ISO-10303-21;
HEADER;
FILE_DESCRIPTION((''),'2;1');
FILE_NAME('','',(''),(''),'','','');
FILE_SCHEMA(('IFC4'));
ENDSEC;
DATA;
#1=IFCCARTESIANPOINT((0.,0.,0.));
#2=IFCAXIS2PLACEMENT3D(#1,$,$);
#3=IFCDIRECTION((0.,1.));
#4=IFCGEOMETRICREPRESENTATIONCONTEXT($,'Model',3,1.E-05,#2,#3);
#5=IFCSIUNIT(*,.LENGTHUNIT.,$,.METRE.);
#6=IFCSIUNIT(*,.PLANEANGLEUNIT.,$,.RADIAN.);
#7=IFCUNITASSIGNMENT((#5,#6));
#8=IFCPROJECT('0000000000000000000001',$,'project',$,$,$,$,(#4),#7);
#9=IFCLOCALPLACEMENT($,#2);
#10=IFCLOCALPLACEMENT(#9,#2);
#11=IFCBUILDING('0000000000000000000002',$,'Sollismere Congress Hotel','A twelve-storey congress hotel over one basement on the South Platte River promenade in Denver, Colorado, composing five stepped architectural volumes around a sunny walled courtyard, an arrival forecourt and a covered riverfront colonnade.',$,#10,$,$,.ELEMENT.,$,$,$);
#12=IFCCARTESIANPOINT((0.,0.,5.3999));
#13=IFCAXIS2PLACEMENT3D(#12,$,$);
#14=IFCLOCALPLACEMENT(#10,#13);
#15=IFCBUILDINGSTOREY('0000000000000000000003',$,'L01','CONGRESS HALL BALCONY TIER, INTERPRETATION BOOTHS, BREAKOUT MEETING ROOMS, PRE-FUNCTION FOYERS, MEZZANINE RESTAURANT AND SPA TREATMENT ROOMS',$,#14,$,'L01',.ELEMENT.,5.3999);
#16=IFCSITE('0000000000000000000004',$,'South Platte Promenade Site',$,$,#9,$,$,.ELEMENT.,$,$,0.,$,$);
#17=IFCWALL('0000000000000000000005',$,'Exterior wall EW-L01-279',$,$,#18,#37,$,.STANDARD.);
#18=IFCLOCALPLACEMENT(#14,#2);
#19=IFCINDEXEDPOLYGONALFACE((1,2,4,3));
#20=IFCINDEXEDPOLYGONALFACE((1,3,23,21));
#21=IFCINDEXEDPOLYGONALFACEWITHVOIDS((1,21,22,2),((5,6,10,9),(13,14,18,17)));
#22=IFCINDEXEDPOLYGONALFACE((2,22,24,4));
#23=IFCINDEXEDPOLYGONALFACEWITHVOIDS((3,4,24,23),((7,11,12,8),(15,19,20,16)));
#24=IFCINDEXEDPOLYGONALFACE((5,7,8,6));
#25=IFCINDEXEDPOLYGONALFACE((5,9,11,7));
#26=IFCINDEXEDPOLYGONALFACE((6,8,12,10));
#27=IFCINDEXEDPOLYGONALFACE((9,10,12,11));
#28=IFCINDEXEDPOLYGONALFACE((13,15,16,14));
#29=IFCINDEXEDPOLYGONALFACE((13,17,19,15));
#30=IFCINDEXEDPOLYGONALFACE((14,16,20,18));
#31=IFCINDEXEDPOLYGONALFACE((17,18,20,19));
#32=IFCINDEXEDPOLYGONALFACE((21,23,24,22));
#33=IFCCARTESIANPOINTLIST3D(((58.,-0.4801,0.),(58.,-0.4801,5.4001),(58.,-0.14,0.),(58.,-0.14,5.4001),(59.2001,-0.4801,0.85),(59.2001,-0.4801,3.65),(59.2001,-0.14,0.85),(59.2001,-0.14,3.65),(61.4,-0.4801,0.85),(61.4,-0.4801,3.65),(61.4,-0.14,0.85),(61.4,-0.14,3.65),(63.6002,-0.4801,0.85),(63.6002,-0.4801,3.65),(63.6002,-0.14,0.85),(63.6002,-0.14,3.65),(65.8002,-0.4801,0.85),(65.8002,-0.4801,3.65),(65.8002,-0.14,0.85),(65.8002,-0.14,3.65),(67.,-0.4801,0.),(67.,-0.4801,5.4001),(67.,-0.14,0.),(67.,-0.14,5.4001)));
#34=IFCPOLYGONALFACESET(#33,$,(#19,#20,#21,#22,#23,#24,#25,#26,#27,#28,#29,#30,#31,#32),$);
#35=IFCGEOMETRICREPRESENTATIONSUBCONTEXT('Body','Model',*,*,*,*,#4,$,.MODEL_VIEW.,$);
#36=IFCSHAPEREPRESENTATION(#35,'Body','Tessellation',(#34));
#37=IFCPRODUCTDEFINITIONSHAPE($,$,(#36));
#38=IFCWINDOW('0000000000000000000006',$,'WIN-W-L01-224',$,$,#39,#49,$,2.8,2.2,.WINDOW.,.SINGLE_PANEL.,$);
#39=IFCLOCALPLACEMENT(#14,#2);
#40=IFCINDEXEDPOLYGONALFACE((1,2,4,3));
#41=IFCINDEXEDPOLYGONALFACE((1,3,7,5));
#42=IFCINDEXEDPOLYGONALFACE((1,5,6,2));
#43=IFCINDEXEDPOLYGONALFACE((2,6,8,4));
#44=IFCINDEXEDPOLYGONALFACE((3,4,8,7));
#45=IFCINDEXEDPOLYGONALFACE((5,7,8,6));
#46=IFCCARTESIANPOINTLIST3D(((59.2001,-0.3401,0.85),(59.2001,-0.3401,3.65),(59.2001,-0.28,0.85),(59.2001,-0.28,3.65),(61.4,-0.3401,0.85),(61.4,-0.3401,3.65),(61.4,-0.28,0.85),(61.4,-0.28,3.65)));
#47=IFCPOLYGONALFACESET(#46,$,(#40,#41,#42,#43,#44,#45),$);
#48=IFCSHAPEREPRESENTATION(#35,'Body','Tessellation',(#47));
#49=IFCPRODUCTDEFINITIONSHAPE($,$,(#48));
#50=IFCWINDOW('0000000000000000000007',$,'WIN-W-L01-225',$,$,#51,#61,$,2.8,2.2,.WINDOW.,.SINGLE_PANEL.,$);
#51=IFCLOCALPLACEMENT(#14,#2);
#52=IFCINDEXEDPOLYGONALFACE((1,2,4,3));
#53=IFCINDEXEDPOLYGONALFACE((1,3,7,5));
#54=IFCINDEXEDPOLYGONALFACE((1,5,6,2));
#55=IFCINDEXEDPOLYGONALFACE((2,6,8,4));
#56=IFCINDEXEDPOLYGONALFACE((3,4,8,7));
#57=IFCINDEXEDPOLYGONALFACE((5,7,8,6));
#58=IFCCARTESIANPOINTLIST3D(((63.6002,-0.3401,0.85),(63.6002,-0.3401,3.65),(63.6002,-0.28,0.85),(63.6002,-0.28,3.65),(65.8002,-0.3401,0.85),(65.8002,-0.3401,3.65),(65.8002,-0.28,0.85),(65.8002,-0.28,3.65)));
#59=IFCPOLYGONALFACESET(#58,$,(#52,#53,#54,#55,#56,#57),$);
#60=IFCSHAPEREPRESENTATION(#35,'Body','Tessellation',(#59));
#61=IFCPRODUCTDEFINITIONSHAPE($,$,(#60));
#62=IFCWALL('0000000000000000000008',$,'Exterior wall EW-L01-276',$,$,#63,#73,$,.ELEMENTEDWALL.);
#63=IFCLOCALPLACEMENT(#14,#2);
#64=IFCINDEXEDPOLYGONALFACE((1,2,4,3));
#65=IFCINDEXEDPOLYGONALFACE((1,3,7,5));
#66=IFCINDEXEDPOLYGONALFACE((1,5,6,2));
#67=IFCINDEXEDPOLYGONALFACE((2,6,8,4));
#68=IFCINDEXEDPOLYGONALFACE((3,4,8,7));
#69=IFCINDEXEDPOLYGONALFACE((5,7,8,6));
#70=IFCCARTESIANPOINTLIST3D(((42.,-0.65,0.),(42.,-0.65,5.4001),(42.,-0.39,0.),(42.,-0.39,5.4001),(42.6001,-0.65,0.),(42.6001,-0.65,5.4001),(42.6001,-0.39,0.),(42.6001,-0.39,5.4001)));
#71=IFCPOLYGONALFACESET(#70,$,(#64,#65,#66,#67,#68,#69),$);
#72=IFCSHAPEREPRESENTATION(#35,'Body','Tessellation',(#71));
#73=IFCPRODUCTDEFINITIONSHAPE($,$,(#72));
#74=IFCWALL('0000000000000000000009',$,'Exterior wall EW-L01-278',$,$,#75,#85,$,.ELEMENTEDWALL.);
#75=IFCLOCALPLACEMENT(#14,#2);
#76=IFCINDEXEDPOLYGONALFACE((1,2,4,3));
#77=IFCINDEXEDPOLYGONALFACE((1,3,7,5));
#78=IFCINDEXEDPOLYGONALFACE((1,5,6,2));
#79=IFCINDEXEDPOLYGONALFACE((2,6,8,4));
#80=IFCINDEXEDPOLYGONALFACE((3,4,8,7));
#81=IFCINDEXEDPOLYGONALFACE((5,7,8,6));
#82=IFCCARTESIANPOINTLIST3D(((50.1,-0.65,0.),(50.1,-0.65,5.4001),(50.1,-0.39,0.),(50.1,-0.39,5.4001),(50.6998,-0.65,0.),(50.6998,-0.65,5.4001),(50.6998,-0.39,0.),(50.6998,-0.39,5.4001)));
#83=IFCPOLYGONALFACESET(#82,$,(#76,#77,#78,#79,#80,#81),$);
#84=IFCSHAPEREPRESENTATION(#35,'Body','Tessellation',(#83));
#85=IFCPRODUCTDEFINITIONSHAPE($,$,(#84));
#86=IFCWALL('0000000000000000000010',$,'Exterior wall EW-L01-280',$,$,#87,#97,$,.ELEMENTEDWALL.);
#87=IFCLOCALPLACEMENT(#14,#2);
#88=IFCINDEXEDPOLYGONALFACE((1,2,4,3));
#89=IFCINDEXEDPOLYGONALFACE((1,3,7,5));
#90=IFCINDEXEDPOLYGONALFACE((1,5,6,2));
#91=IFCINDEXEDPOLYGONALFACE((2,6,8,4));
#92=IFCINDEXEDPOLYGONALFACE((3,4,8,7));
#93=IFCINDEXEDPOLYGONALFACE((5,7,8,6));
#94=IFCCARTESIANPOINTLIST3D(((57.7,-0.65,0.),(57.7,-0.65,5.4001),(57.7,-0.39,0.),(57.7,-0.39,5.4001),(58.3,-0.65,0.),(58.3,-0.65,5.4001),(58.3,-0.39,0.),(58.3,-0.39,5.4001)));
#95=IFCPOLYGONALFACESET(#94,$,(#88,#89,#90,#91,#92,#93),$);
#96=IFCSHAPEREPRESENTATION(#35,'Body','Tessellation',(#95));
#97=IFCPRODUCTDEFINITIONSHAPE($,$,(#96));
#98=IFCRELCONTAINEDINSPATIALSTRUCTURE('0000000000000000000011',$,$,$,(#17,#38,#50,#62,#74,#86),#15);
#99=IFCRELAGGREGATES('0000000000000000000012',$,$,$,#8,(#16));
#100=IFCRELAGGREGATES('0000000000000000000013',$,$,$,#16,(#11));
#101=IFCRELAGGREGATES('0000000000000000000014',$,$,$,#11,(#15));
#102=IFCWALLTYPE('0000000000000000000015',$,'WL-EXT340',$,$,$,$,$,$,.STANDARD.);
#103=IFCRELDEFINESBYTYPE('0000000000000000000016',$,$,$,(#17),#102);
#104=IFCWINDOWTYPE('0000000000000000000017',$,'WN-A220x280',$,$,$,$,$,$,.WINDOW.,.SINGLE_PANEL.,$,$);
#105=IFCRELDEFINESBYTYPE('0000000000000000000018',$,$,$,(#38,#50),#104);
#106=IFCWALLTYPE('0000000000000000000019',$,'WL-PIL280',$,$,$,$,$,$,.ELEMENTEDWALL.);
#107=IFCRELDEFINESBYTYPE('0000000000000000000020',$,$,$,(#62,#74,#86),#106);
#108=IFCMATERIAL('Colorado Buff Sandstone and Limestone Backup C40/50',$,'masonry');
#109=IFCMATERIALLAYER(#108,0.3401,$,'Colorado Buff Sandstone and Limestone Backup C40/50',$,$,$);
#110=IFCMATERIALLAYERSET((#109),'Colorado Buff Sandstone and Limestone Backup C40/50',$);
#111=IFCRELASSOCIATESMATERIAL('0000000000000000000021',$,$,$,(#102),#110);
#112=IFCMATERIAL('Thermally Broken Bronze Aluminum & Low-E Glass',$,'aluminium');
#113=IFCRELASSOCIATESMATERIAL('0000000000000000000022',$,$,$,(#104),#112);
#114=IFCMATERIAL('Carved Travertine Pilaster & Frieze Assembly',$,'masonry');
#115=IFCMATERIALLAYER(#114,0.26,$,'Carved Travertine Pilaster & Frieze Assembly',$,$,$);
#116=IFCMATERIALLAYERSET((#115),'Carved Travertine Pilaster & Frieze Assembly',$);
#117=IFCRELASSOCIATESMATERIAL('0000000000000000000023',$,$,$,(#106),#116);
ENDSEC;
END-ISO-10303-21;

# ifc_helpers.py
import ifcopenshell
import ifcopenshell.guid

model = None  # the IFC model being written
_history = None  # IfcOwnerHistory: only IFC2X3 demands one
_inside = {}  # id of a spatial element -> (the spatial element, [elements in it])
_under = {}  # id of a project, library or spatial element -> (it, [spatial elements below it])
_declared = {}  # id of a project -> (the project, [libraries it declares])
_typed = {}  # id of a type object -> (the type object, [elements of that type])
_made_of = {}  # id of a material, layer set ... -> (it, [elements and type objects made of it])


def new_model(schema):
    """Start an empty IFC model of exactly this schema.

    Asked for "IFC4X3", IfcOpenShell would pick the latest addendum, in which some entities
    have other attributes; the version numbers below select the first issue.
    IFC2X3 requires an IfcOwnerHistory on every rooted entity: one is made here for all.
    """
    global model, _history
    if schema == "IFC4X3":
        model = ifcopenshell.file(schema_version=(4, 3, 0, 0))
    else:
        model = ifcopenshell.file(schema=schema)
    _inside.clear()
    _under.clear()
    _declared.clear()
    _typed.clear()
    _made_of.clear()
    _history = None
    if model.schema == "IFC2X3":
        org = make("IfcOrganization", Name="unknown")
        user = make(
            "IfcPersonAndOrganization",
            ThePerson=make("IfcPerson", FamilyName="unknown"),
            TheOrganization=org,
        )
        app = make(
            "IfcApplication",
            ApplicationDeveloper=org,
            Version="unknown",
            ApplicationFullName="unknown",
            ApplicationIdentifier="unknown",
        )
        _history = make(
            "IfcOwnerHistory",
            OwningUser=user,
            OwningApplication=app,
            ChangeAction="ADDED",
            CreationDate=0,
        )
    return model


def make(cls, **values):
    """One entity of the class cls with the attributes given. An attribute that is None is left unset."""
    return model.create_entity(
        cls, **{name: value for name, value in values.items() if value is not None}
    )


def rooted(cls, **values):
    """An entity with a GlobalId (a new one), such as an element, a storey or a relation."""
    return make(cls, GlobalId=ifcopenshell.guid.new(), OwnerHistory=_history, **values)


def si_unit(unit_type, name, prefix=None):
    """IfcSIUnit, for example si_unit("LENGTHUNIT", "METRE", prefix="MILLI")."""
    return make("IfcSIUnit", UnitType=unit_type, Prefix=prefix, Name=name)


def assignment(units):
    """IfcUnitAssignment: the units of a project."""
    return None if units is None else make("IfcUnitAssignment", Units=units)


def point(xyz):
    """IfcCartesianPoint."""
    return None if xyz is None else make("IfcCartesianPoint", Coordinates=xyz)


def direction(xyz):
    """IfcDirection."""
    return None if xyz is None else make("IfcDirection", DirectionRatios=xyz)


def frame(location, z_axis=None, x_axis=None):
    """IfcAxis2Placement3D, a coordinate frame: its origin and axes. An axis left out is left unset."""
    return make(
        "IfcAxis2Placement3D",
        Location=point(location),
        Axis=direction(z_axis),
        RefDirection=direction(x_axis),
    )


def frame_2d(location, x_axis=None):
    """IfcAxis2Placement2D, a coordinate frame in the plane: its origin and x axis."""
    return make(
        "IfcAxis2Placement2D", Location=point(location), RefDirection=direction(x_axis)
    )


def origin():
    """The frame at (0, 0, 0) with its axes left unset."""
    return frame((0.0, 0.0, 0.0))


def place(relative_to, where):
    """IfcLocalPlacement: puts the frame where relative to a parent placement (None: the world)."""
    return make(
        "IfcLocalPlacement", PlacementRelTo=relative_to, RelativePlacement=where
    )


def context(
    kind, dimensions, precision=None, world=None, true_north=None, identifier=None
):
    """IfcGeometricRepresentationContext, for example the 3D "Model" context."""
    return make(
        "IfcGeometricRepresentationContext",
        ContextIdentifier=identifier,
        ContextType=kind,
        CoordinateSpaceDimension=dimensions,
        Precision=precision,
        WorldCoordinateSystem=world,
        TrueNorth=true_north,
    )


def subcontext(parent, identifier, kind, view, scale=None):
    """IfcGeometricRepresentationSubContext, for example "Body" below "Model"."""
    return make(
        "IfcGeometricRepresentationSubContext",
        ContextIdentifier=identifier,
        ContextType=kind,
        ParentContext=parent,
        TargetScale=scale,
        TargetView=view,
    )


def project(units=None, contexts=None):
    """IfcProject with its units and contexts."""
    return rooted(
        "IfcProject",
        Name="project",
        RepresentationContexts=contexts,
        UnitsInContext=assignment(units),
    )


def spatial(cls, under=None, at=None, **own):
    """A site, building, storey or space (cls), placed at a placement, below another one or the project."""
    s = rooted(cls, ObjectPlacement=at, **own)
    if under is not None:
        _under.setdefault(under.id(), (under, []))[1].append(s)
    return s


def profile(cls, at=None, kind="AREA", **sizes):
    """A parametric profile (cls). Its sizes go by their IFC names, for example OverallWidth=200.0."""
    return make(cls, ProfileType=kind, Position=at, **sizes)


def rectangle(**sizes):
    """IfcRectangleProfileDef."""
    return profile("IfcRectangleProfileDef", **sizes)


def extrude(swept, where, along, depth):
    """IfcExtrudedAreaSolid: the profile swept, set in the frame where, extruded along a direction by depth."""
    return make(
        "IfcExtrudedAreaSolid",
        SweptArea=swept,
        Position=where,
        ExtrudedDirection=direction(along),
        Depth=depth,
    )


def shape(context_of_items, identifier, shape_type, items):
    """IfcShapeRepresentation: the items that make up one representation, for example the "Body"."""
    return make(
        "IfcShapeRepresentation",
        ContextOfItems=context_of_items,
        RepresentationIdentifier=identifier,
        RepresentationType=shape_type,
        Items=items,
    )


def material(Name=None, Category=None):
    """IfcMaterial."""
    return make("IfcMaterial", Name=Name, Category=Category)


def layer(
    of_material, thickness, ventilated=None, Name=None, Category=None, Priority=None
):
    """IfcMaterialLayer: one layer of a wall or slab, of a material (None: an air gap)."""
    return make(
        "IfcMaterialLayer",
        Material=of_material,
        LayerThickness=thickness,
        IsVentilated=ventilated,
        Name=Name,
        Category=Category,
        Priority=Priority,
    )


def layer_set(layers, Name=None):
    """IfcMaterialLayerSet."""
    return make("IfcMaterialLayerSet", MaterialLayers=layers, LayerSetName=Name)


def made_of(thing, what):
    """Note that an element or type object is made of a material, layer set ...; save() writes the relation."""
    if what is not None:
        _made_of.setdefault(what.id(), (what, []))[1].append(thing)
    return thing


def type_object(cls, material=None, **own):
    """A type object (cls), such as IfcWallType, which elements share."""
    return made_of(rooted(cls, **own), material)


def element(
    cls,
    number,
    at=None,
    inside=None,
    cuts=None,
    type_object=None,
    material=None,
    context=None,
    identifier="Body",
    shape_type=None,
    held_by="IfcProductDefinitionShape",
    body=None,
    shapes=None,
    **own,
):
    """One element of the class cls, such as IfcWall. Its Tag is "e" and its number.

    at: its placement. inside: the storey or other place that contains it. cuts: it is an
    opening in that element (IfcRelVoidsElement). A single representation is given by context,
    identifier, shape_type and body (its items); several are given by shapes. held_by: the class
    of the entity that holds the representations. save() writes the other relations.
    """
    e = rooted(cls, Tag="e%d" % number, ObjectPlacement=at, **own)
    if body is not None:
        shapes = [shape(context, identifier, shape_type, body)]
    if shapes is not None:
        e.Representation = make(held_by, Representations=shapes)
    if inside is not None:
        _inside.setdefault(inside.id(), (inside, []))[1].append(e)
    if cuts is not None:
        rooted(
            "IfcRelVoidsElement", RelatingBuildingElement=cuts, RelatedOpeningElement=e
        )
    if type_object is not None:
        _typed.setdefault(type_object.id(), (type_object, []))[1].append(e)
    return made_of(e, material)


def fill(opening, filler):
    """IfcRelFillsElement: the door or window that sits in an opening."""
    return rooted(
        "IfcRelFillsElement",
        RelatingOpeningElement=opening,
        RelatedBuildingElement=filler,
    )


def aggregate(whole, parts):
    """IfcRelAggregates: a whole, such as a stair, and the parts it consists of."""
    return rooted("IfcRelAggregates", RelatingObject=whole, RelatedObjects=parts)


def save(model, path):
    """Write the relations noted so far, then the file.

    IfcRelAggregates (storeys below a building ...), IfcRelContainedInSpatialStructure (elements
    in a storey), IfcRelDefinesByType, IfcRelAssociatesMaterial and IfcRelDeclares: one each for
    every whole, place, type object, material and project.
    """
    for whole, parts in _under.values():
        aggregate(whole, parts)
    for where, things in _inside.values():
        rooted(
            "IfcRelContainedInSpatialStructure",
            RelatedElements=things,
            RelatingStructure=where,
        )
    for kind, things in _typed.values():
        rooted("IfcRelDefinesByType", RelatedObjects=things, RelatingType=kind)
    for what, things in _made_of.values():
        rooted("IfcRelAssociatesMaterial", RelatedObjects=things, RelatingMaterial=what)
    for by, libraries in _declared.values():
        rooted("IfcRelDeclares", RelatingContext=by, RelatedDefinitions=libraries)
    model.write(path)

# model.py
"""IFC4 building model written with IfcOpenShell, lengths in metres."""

from ifc_helpers import new_model, si_unit, direction, frame, frame_2d, origin, place, context, subcontext, project, spatial, rectangle, extrude, material, layer, layer_set, type_object, element, fill, save


model = new_model("IFC4")

# Units and contexts
model_context = context("Model", 3, precision=1e-05, world=origin(), true_north=direction((0.0, 1.0)))
body_context = subcontext(model_context, "Body", "Model", "MODEL_VIEW")
ifc_project = project(units=[si_unit("LENGTHUNIT", "METRE"), si_unit("PLANEANGLEUNIT", "RADIAN")], contexts=[model_context])

# Site, building, storey
site_placement = place(None, origin())
site = spatial("IfcSite", under=ifc_project, at=site_placement, Name="South Platte Promenade Site", CompositionType="ELEMENT", RefElevation=0.0)
building_placement = place(site_placement, origin())
building = spatial("IfcBuilding", under=site, at=building_placement, Name="Sollismere Congress Hotel", Description="A twelve-storey congress hotel over one basement on the South Platte River promenade in Denver, Colorado, composing five stepped architectural volumes around a sunny walled courtyard, an arrival forecourt and a covered riverfront colonnade.", CompositionType="ELEMENT")
storey_placement = place(building_placement, frame((0.0, 0.0, 5.3999)))
storey = spatial("IfcBuildingStorey", under=building, at=storey_placement, Name="L01", Description="CONGRESS HALL BALCONY TIER, INTERPRETATION BOOTHS, BREAKOUT MEETING ROOMS, PRE-FUNCTION FOYERS, MEZZANINE RESTAURANT AND SPA TREATMENT ROOMS", LongName="L01", CompositionType="ELEMENT", Elevation=5.3999)

# Wall, openings, windows
ifc_material_1 = material(Name="Colorado Buff Sandstone and Limestone Backup C40/50", Category="masonry")
ifc_layer_1 = layer(ifc_material_1, 0.3401, Name="Colorado Buff Sandstone and Limestone Backup C40/50")
ifc_layer_set_1 = layer_set([ifc_layer_1], Name="Colorado Buff Sandstone and Limestone Backup C40/50")
wall_type_1 = type_object("IfcWallType", Name="WL-EXT340", PredefinedType="STANDARD", material=ifc_layer_set_1)
ifc_material_2 = material(Name="Thermally Broken Bronze Aluminum & Low-E Glass", Category="aluminium")
window_type = type_object("IfcWindowType", Name="WN-A220x280", PartitioningType="SINGLE_PANEL", PredefinedType="WINDOW", material=ifc_material_2)
wall_1_placement = place(storey_placement, frame((58.0, -0.3101, 0.0), z_axis=(0.0, 0.0, 1.0), x_axis=(1.0, 0.0, 0.0)))
wall_1 = element("IfcWall", 1, at=wall_1_placement, inside=storey, type_object=wall_type_1, Name="Exterior wall EW-L01-279", PredefinedType="STANDARD", context=body_context, shape_type="SweptSolid", body=[
    extrude(rectangle(XDim=9.0, YDim=0.3401, at=frame_2d((4.5, 0.0))), origin(), (0.0, 0.0, 1.0), 5.4001),
])
opening_1_placement = place(wall_1_placement, frame((1.2, 0.0, 0.8501)))
opening_1 = element("IfcOpeningElement", 2, at=opening_1_placement, cuts=wall_1, PredefinedType="OPENING", context=body_context, shape_type="SweptSolid", body=[
    extrude(rectangle(XDim=2.2, YDim=2.8, at=frame_2d((1.1001, 1.3999))), frame((0.0, 0.1799, 0.0), z_axis=(0.0, -1.0, 0.0), x_axis=(1.0, 0.0, 0.0)), (0.0, 0.0, 1.0), 0.3601),
])
opening_2_placement = place(wall_1_placement, frame((5.6001, 0.0, 0.8501)))
opening_2 = element("IfcOpeningElement", 3, at=opening_2_placement, cuts=wall_1, PredefinedType="OPENING", context=body_context, shape_type="SweptSolid", body=[
    extrude(rectangle(XDim=2.2, YDim=2.8, at=frame_2d((1.1001, 1.3999))), frame((0.0, 0.1799, 0.0), z_axis=(0.0, -1.0, 0.0), x_axis=(1.0, 0.0, 0.0)), (0.0, 0.0, 1.0), 0.3601),
])
window_1_placement = place(opening_1_placement, origin())
window_1 = element("IfcWindow", 4, at=window_1_placement, inside=storey, type_object=window_type, Name="WIN-W-L01-224", OverallHeight=2.8, OverallWidth=2.2, PartitioningType="SINGLE_PANEL", PredefinedType="WINDOW", context=body_context, shape_type="SweptSolid", body=[
    extrude(rectangle(XDim=2.2, YDim=2.8, at=frame_2d((1.1001, 1.3999))), frame((0.0, 0.03, 0.0), z_axis=(0.0, -1.0, 0.0), x_axis=(1.0, 0.0, 0.0)), (0.0, 0.0, 1.0), 0.0601),
])
fill(opening_1, window_1)
window_2_placement = place(opening_2_placement, origin())
window_2 = element("IfcWindow", 5, at=window_2_placement, inside=storey, type_object=window_type, Name="WIN-W-L01-225", OverallHeight=2.8, OverallWidth=2.2, PartitioningType="SINGLE_PANEL", PredefinedType="WINDOW", context=body_context, shape_type="SweptSolid", body=[
    extrude(rectangle(XDim=2.2, YDim=2.8, at=frame_2d((1.1001, 1.3999))), frame((0.0, 0.03, 0.0), z_axis=(0.0, -1.0, 0.0), x_axis=(1.0, 0.0, 0.0)), (0.0, 0.0, 1.0), 0.0601),
])
fill(opening_2, window_2)

# Walls
ifc_material_3 = material(Name="Carved Travertine Pilaster & Frieze Assembly", Category="masonry")
ifc_layer_2 = layer(ifc_material_3, 0.26, Name="Carved Travertine Pilaster & Frieze Assembly")
ifc_layer_set_2 = layer_set([ifc_layer_2], Name="Carved Travertine Pilaster & Frieze Assembly")
wall_type_2 = type_object("IfcWallType", Name="WL-PIL280", PredefinedType="ELEMENTEDWALL", material=ifc_layer_set_2)
wall_2_placement = place(storey_placement, frame((42.0, -0.52, 0.0), z_axis=(0.0, 0.0, 1.0), x_axis=(1.0, 0.0, 0.0)))
element("IfcWall", 6, at=wall_2_placement, inside=storey, type_object=wall_type_2, Name="Exterior wall EW-L01-276", PredefinedType="ELEMENTEDWALL", context=body_context, shape_type="SweptSolid", body=[
    extrude(rectangle(XDim=0.6001, YDim=0.26, at=frame_2d((0.3, 0.0))), origin(), (0.0, 0.0, 1.0), 5.4001),
])
wall_3_placement = place(storey_placement, frame((50.1001, -0.52, 0.0), z_axis=(0.0, 0.0, 1.0), x_axis=(1.0, 0.0, 0.0)))
element("IfcWall", 7, at=wall_3_placement, inside=storey, type_object=wall_type_2, Name="Exterior wall EW-L01-278", PredefinedType="ELEMENTEDWALL", context=body_context, shape_type="SweptSolid", body=[
    extrude(rectangle(XDim=0.5999, YDim=0.26, at=frame_2d((0.2998, 0.0))), origin(), (0.0, 0.0, 1.0), 5.4001),
])
wall_4_placement = place(storey_placement, frame((57.7, -0.52, 0.0), z_axis=(0.0, 0.0, 1.0), x_axis=(1.0, 0.0, 0.0)))
element("IfcWall", 8, at=wall_4_placement, inside=storey, type_object=wall_type_2, Name="Exterior wall EW-L01-280", PredefinedType="ELEMENTEDWALL", context=body_context, shape_type="SweptSolid", body=[
    extrude(rectangle(XDim=0.6001, YDim=0.26, at=frame_2d((0.3, 0.0))), origin(), (0.0, 0.0, 1.0), 5.4001),
])

save(model, "model.ifc")
